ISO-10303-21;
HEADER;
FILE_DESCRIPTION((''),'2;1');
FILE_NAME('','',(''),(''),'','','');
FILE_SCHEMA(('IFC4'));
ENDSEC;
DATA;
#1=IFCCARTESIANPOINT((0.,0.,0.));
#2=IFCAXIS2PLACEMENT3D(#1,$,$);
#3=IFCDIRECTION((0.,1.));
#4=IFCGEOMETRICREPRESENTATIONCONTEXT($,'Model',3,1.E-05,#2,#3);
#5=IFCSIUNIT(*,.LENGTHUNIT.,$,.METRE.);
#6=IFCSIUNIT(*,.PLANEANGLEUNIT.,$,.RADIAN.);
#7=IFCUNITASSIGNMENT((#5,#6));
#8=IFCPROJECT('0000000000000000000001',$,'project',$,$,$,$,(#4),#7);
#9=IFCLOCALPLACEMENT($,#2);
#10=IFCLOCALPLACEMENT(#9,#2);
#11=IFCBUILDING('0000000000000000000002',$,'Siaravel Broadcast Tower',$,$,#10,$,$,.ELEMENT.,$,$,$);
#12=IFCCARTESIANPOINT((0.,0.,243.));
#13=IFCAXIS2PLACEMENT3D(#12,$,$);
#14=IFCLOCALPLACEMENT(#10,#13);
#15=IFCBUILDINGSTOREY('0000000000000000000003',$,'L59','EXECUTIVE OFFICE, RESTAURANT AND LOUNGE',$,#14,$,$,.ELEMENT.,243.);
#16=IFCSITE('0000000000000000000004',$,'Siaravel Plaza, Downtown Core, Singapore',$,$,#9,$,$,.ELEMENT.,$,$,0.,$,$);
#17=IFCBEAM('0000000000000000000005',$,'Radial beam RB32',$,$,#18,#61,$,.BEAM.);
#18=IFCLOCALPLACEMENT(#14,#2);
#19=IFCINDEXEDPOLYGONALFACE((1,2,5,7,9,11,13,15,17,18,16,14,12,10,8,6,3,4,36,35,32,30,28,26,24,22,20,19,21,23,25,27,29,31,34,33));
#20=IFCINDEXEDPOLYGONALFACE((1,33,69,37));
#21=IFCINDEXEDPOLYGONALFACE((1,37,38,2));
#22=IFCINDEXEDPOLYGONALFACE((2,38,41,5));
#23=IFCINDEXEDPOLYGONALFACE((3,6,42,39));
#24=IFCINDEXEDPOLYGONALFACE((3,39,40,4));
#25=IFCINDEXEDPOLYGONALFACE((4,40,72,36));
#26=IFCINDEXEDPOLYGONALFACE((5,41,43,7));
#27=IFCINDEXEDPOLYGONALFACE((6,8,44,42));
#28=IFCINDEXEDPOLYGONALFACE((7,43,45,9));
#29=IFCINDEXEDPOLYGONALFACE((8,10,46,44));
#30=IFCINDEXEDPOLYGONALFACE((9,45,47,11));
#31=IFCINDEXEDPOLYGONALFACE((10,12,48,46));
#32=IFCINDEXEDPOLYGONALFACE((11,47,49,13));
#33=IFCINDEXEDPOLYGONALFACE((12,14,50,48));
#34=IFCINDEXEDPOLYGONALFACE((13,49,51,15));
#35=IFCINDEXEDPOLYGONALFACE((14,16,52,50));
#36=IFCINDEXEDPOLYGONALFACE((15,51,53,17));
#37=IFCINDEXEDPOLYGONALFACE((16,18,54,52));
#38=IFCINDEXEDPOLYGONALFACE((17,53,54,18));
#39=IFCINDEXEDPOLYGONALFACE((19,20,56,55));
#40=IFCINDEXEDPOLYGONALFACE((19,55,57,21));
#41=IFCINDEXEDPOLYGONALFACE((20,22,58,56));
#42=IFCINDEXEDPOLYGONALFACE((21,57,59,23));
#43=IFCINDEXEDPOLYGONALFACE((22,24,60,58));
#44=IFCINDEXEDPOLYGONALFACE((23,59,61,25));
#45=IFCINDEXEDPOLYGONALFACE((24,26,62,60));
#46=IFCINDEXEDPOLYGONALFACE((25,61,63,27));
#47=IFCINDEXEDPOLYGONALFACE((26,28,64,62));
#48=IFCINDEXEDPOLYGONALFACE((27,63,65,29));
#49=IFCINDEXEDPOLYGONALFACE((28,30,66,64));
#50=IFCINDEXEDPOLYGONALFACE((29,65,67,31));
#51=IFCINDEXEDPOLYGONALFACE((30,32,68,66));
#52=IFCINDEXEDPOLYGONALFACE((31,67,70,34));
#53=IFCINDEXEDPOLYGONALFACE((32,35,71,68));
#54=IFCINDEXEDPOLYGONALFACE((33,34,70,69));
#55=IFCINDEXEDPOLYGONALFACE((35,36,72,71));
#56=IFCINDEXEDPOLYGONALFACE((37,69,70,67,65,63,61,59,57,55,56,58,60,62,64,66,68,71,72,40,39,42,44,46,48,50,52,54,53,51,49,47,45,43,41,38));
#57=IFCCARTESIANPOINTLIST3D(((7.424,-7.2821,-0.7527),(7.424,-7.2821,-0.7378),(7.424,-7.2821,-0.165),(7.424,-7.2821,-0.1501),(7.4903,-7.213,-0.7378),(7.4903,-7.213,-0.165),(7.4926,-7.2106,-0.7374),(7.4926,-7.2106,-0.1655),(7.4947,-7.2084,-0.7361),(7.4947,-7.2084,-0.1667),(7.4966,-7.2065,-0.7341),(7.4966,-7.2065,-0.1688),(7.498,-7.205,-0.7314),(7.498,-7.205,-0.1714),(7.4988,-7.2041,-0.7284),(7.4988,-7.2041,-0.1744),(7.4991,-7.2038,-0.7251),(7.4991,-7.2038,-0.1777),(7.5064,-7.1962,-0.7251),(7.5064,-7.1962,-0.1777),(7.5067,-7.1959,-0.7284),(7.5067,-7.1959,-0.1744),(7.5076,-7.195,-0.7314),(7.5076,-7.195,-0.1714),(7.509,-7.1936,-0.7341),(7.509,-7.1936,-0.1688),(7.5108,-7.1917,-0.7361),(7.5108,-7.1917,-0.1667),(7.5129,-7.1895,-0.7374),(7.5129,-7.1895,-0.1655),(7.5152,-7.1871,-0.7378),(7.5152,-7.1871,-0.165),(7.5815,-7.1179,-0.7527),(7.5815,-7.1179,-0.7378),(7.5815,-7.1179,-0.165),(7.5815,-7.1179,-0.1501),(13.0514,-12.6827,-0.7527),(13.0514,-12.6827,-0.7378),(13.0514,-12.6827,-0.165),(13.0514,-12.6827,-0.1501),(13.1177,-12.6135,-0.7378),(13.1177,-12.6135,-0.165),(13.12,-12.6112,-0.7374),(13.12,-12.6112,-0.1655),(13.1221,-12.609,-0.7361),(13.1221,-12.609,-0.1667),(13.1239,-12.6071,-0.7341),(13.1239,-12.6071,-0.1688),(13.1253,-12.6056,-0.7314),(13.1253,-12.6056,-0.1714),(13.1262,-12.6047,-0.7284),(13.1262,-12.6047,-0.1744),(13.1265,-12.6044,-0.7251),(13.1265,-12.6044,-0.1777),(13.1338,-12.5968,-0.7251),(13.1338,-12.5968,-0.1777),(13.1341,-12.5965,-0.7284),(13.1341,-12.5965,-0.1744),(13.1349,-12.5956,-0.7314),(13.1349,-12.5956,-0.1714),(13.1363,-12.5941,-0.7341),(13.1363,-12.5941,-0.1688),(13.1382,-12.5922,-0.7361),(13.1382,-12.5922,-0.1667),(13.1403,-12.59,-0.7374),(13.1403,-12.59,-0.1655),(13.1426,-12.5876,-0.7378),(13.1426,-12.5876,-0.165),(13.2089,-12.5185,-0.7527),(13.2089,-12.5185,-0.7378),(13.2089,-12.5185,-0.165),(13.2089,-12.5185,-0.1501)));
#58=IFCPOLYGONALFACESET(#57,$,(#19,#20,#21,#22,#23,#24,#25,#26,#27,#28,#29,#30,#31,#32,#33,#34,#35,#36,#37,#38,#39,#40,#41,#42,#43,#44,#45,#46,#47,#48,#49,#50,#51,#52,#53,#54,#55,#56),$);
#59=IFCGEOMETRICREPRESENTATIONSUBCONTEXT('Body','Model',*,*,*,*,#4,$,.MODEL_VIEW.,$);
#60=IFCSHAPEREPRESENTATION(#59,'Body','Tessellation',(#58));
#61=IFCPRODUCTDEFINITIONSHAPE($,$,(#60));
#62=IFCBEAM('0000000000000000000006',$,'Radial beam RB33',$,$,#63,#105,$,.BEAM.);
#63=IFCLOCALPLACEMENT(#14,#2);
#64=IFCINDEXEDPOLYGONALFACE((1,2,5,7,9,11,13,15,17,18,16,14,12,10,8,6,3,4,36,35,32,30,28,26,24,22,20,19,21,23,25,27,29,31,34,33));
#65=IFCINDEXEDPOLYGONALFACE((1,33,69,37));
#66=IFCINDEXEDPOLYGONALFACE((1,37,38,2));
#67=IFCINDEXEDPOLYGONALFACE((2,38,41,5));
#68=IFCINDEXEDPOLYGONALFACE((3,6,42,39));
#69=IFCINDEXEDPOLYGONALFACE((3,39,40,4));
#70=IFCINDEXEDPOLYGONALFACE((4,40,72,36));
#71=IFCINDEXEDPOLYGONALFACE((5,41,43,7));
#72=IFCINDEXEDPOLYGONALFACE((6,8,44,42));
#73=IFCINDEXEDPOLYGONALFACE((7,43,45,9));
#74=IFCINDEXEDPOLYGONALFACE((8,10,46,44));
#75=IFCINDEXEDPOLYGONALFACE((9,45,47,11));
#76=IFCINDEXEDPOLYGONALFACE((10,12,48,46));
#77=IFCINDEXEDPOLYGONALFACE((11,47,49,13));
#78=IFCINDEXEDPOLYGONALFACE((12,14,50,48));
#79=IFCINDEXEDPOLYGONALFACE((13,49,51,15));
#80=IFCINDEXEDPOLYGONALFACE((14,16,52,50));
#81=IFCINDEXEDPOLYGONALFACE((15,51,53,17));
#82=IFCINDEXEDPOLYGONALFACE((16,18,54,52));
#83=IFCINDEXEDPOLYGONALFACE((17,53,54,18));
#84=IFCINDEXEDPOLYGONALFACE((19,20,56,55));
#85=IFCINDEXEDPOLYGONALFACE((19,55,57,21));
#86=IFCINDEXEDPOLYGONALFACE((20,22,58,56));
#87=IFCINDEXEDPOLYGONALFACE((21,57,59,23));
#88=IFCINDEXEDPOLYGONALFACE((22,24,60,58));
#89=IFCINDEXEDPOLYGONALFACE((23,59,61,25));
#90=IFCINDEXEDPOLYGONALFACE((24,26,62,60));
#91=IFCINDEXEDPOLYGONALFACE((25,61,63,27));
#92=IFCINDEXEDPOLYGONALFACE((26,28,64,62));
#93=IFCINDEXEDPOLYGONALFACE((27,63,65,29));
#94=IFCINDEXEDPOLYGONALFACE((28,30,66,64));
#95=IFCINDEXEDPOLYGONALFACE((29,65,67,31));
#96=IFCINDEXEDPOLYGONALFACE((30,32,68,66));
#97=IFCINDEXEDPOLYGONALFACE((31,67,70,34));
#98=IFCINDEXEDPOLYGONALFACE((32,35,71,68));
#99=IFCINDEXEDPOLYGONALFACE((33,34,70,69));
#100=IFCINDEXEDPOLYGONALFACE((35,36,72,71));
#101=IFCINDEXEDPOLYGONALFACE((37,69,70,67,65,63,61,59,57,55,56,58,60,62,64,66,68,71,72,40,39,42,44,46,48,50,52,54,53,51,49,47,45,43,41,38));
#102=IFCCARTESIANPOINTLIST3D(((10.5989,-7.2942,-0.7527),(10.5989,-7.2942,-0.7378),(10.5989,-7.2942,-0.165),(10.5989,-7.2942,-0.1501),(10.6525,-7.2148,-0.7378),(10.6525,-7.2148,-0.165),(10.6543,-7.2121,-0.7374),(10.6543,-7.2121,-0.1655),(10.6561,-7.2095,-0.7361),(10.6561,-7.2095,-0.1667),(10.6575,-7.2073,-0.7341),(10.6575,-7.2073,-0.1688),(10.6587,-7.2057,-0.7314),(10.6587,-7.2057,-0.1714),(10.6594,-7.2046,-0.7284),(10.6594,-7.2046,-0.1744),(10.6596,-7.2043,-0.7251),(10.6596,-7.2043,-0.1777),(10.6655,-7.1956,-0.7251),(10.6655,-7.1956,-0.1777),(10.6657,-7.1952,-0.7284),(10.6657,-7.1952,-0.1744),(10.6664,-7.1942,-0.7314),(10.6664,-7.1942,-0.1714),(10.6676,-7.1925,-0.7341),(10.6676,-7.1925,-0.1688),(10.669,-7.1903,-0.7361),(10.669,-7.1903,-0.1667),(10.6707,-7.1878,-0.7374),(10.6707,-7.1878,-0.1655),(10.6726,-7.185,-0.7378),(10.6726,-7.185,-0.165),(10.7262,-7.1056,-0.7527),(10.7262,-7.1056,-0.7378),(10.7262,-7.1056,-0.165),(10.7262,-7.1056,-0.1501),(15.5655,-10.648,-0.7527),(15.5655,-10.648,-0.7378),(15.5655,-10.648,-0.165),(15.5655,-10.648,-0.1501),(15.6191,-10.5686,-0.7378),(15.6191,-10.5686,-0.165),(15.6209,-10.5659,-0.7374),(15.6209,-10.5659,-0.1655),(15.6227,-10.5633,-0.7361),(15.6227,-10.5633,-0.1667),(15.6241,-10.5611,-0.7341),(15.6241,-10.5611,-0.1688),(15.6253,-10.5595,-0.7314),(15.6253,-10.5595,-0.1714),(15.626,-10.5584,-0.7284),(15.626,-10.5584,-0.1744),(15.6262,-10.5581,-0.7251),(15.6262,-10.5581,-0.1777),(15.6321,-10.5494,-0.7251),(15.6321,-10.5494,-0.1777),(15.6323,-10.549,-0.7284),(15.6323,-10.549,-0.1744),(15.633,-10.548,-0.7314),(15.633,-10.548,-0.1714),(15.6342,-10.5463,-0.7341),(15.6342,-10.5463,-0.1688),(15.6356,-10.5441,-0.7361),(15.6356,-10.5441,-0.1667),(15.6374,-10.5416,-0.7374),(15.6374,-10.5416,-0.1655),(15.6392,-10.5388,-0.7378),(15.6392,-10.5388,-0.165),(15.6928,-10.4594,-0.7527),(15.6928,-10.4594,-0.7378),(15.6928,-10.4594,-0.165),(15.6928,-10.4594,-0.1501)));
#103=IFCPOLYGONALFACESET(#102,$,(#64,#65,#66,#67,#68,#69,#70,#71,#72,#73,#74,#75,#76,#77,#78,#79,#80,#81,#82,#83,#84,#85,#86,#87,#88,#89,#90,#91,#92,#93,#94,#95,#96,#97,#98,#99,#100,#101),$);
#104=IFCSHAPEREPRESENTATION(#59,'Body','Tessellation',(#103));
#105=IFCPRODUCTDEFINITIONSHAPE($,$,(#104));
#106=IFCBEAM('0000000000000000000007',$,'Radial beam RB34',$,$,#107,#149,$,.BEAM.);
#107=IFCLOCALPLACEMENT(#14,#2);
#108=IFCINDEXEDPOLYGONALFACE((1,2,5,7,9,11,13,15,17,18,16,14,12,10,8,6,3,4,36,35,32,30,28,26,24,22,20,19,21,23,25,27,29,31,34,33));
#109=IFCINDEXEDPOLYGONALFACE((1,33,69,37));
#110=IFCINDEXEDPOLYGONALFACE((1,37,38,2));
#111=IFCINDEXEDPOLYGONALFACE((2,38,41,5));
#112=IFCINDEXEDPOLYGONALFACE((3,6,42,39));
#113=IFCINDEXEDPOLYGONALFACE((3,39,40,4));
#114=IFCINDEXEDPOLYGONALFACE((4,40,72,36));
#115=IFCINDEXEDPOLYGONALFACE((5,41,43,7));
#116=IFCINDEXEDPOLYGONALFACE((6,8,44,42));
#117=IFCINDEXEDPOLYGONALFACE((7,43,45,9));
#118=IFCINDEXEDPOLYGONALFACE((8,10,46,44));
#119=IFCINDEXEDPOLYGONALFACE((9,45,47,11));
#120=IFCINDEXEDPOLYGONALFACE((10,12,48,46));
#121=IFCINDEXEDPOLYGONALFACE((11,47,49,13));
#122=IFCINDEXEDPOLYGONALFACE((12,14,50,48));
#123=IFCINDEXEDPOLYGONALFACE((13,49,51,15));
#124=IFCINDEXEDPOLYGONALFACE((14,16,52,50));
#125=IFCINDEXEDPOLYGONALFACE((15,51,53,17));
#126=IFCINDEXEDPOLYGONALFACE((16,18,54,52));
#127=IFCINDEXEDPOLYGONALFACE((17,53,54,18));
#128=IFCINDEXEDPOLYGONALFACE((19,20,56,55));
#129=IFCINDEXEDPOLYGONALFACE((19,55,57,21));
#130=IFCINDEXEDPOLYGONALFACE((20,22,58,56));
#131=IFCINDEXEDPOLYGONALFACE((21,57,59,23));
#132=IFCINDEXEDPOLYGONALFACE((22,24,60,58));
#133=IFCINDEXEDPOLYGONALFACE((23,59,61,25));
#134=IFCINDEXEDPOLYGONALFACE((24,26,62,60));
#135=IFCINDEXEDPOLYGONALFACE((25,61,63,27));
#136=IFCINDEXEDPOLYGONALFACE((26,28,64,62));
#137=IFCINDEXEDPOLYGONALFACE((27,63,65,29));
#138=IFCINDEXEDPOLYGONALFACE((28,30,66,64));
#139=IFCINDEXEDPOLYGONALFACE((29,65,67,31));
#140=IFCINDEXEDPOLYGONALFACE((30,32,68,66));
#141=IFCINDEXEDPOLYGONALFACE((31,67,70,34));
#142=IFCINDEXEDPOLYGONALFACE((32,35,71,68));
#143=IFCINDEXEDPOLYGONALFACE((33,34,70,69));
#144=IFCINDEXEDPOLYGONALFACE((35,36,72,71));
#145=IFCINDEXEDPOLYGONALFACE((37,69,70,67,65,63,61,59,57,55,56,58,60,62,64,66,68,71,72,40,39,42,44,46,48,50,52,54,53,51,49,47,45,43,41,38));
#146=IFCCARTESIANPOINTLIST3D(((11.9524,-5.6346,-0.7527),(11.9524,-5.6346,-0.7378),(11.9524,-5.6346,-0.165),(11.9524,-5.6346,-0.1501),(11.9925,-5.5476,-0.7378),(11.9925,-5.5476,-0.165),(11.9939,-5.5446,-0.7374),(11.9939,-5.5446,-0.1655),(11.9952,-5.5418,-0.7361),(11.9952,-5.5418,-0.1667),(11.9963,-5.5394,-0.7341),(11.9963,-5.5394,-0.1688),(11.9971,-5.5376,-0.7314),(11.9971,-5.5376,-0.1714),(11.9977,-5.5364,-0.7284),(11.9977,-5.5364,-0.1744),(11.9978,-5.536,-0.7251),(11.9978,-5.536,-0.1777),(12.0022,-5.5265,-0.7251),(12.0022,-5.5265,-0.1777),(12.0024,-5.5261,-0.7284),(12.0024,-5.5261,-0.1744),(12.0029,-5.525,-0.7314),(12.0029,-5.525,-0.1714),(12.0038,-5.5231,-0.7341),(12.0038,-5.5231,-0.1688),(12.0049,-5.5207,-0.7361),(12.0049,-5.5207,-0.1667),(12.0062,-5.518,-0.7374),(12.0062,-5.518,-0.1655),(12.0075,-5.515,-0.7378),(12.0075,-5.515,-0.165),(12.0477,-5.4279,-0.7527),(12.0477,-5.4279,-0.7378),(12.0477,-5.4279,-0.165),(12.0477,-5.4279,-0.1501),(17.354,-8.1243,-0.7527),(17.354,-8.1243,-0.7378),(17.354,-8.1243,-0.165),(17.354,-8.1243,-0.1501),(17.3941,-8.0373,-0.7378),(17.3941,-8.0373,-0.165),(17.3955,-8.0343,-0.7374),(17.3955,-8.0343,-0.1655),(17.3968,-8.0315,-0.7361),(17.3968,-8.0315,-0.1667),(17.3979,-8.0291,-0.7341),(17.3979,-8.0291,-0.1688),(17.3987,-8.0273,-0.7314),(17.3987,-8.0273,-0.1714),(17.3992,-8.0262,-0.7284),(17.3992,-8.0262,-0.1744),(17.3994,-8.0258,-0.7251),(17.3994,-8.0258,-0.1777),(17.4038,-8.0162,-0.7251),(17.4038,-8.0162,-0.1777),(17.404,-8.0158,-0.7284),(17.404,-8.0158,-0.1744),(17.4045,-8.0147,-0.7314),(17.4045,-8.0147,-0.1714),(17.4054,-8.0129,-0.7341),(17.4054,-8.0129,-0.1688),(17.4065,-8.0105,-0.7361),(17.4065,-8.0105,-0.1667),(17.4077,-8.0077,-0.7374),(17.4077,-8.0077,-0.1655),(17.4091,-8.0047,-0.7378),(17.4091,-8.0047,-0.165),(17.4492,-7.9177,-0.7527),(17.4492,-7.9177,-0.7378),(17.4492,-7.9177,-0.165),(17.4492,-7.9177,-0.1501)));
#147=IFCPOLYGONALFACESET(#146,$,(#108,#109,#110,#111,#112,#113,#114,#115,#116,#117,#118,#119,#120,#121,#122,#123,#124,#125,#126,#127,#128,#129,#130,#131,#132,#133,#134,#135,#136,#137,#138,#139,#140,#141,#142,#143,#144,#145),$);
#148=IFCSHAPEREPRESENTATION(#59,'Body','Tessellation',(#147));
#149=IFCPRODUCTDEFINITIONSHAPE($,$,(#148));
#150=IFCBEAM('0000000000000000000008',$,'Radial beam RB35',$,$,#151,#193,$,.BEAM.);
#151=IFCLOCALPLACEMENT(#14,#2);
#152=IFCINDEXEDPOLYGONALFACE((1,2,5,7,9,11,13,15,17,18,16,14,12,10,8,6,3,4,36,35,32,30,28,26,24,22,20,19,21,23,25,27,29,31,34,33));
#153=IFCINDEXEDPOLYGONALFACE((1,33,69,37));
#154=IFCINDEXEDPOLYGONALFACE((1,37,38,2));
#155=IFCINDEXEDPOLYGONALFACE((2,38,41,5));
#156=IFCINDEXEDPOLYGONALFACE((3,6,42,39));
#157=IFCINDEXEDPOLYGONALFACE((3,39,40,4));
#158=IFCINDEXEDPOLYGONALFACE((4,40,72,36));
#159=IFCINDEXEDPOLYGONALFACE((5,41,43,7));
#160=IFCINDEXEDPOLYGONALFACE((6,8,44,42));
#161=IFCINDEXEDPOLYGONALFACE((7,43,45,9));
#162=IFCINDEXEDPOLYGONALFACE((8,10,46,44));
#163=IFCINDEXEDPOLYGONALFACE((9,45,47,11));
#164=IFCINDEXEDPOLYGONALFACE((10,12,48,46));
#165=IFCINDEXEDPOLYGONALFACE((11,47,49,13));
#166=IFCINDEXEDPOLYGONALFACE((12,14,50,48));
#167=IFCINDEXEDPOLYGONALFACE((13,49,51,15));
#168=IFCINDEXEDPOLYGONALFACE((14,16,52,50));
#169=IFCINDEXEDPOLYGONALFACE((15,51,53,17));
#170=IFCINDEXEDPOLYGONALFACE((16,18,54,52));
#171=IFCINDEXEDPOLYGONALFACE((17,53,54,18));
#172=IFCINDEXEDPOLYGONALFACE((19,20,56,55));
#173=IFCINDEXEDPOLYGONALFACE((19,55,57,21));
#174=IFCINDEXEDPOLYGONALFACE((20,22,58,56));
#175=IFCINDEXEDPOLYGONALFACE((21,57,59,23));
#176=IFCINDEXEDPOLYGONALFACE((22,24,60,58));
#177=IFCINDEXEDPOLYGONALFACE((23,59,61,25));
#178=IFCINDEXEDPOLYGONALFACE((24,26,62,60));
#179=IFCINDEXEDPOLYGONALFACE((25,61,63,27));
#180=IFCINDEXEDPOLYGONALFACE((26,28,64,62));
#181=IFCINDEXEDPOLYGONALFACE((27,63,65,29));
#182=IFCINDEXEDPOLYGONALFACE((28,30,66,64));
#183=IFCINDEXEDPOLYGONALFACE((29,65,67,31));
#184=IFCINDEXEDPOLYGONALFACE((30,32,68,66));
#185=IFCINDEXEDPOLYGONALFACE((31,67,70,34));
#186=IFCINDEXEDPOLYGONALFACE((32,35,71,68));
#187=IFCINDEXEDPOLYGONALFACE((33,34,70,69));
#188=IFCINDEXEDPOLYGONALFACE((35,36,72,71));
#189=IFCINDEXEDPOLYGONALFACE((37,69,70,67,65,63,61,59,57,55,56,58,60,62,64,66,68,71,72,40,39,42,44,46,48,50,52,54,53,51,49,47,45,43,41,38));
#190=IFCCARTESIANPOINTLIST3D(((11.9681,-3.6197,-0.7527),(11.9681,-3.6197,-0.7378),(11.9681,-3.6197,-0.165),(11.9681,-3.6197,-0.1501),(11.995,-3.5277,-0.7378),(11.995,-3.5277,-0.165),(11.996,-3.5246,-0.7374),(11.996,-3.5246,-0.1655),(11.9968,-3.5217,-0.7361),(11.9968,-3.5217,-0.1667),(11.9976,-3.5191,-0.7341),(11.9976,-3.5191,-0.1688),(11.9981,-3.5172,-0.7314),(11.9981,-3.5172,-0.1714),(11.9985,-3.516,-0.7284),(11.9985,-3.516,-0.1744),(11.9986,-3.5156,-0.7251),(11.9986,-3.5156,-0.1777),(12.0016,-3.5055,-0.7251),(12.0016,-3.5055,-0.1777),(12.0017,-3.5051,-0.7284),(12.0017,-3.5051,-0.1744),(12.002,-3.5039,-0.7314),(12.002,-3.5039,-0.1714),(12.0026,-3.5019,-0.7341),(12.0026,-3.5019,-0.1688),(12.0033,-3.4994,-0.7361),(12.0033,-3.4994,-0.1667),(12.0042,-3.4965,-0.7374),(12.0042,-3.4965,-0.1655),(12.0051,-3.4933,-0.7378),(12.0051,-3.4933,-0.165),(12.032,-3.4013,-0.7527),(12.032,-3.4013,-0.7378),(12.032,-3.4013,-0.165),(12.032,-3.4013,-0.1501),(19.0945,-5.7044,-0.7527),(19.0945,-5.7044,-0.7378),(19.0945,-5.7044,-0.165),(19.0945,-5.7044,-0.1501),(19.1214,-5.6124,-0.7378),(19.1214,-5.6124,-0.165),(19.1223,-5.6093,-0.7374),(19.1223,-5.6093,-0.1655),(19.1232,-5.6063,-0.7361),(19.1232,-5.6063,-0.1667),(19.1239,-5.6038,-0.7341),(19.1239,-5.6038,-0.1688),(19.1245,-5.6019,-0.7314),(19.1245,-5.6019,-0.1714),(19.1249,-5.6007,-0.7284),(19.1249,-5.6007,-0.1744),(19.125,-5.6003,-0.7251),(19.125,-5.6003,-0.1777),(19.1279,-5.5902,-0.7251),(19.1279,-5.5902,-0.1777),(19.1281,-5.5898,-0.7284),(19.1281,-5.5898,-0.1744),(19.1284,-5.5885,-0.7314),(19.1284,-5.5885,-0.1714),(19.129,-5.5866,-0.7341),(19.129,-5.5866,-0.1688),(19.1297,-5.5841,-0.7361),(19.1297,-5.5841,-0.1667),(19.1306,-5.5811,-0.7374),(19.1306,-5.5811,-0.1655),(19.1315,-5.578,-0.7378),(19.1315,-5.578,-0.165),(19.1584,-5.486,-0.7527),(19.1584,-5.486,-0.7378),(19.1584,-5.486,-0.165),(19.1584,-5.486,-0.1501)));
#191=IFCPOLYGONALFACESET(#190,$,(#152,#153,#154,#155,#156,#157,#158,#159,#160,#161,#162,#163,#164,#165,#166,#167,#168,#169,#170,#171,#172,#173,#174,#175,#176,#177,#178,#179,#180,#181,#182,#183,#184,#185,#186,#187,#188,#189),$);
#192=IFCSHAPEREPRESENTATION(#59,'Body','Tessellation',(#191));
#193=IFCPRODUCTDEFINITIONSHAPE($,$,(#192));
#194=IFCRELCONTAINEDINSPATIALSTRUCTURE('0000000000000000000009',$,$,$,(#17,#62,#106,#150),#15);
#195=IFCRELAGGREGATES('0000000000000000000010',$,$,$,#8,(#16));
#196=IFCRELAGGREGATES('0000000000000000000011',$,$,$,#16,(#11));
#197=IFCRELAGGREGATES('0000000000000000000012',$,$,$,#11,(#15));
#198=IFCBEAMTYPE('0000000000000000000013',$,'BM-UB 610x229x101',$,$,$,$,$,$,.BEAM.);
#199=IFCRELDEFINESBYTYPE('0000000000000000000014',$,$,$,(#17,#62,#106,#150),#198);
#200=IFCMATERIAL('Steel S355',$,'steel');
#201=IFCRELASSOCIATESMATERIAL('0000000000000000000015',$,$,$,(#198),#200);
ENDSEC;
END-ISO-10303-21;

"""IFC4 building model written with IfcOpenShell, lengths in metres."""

from ifc_helpers import new_model, si_unit, direction, frame, origin, origin_2d, place, context, subcontext, project, spatial, i_section, extrude, material, material_profile, profile_set, type_object, element, save


model = new_model("IFC4")

# Units and contexts
model_context = context("Model", 3, precision=1e-05, world=origin(), true_north=direction((0.0, 1.0)))
body_context = subcontext(model_context, "Body", "Model", "MODEL_VIEW")
ifc_project = project(units=[si_unit("LENGTHUNIT", "METRE"), si_unit("PLANEANGLEUNIT", "RADIAN")], contexts=[model_context])

# Site, building, storey
site_placement = place(None, origin())
site = spatial("IfcSite", under=ifc_project, at=site_placement, Name="Siaravel Plaza, Downtown Core, Singapore", CompositionType="ELEMENT", RefElevation=0.0)
building_placement = place(site_placement, origin())
building = spatial("IfcBuilding", under=site, at=building_placement, Name="Siaravel Broadcast Tower", CompositionType="ELEMENT")
storey_placement = place(building_placement, frame((0.0, 0.0, 243.0)))
storey = spatial("IfcBuildingStorey", under=building, at=storey_placement, Name="L59", Description="EXECUTIVE OFFICE, RESTAURANT AND LOUNGE", CompositionType="ELEMENT", Elevation=243.0)

# Beams
ifc_material_1 = material(Name="Steel S355", Category="steel")
ifc_material_profile_1 = material_profile(ifc_material_1, i_section(OverallWidth=0.2275, OverallDepth=0.6025, WebThickness=0.0105, FlangeThickness=0.0149, FilletRadius=0.0127, at=origin_2d()))
ifc_profile_set_1 = profile_set([ifc_material_profile_1], Name="Steel S355")
beam_type = type_object("IfcBeamType", Name="BM-UB 610x229x101", PredefinedType="BEAM", material=ifc_profile_set_1)
beam_1_placement = place(storey_placement, frame((13.1301, -12.6006, -0.4514), z_axis=(-0.721497, 0.692418, 0.0), x_axis=(-0.692418, -0.721497, 0.0)))
element("IfcBeam", 1, at=beam_1_placement, inside=storey, type_object=beam_type, Name="Radial beam RB32", PredefinedType="BEAM", context=body_context, shape_type="SweptSolid", body=[
    extrude(i_section(OverallWidth=0.2275, OverallDepth=0.6025, WebThickness=0.0105, FlangeThickness=0.0149, FilletRadius=0.0127, at=origin_2d()), origin(), (0.0, 0.0, 1.0), 7.7996),
])
beam_2_placement = place(storey_placement, frame((15.6292, -10.5537, -0.4514), z_axis=(-0.828745, 0.559626, 0.0), x_axis=(-0.559626, -0.828745, 0.0)))
element("IfcBeam", 2, at=beam_2_placement, inside=storey, type_object=beam_type, Name="Radial beam RB33", PredefinedType="BEAM", context=body_context, shape_type="SweptSolid", body=[
    extrude(i_section(OverallWidth=0.2275, OverallDepth=0.6025, WebThickness=0.0105, FlangeThickness=0.0149, FilletRadius=0.0127, at=origin_2d()), origin(), (0.0, 0.0, 1.0), 5.9929),
])
beam_3_placement = place(storey_placement, frame((17.4016, -8.021, -0.4514), z_axis=(-0.908171, 0.4186, 0.0), x_axis=(-0.4186, -0.908171, 0.0)))
element("IfcBeam", 3, at=beam_3_placement, inside=storey, type_object=beam_type, Name="Radial beam RB34", PredefinedType="BEAM", context=body_context, shape_type="SweptSolid", body=[
    extrude(i_section(OverallWidth=0.2275, OverallDepth=0.6025, WebThickness=0.0105, FlangeThickness=0.0149, FilletRadius=0.0127, at=origin_2d()), origin(), (0.0, 0.0, 1.0), 5.9478),
])
beam_4_placement = place(storey_placement, frame((19.1265, -5.5952, -0.4514), z_axis=(-0.959777, 0.280765, 0.0), x_axis=(-0.280765, -0.959777, 0.0)))
element("IfcBeam", 4, at=beam_4_placement, inside=storey, type_object=beam_type, Name="Radial beam RB35", PredefinedType="BEAM", context=body_context, shape_type="SweptSolid", body=[
    extrude(i_section(OverallWidth=0.2275, OverallDepth=0.6025, WebThickness=0.0105, FlangeThickness=0.0149, FilletRadius=0.0127, at=origin_2d()), origin(), (0.0, 0.0, 1.0), 7.425),
])

save(model, "model.ifc")
